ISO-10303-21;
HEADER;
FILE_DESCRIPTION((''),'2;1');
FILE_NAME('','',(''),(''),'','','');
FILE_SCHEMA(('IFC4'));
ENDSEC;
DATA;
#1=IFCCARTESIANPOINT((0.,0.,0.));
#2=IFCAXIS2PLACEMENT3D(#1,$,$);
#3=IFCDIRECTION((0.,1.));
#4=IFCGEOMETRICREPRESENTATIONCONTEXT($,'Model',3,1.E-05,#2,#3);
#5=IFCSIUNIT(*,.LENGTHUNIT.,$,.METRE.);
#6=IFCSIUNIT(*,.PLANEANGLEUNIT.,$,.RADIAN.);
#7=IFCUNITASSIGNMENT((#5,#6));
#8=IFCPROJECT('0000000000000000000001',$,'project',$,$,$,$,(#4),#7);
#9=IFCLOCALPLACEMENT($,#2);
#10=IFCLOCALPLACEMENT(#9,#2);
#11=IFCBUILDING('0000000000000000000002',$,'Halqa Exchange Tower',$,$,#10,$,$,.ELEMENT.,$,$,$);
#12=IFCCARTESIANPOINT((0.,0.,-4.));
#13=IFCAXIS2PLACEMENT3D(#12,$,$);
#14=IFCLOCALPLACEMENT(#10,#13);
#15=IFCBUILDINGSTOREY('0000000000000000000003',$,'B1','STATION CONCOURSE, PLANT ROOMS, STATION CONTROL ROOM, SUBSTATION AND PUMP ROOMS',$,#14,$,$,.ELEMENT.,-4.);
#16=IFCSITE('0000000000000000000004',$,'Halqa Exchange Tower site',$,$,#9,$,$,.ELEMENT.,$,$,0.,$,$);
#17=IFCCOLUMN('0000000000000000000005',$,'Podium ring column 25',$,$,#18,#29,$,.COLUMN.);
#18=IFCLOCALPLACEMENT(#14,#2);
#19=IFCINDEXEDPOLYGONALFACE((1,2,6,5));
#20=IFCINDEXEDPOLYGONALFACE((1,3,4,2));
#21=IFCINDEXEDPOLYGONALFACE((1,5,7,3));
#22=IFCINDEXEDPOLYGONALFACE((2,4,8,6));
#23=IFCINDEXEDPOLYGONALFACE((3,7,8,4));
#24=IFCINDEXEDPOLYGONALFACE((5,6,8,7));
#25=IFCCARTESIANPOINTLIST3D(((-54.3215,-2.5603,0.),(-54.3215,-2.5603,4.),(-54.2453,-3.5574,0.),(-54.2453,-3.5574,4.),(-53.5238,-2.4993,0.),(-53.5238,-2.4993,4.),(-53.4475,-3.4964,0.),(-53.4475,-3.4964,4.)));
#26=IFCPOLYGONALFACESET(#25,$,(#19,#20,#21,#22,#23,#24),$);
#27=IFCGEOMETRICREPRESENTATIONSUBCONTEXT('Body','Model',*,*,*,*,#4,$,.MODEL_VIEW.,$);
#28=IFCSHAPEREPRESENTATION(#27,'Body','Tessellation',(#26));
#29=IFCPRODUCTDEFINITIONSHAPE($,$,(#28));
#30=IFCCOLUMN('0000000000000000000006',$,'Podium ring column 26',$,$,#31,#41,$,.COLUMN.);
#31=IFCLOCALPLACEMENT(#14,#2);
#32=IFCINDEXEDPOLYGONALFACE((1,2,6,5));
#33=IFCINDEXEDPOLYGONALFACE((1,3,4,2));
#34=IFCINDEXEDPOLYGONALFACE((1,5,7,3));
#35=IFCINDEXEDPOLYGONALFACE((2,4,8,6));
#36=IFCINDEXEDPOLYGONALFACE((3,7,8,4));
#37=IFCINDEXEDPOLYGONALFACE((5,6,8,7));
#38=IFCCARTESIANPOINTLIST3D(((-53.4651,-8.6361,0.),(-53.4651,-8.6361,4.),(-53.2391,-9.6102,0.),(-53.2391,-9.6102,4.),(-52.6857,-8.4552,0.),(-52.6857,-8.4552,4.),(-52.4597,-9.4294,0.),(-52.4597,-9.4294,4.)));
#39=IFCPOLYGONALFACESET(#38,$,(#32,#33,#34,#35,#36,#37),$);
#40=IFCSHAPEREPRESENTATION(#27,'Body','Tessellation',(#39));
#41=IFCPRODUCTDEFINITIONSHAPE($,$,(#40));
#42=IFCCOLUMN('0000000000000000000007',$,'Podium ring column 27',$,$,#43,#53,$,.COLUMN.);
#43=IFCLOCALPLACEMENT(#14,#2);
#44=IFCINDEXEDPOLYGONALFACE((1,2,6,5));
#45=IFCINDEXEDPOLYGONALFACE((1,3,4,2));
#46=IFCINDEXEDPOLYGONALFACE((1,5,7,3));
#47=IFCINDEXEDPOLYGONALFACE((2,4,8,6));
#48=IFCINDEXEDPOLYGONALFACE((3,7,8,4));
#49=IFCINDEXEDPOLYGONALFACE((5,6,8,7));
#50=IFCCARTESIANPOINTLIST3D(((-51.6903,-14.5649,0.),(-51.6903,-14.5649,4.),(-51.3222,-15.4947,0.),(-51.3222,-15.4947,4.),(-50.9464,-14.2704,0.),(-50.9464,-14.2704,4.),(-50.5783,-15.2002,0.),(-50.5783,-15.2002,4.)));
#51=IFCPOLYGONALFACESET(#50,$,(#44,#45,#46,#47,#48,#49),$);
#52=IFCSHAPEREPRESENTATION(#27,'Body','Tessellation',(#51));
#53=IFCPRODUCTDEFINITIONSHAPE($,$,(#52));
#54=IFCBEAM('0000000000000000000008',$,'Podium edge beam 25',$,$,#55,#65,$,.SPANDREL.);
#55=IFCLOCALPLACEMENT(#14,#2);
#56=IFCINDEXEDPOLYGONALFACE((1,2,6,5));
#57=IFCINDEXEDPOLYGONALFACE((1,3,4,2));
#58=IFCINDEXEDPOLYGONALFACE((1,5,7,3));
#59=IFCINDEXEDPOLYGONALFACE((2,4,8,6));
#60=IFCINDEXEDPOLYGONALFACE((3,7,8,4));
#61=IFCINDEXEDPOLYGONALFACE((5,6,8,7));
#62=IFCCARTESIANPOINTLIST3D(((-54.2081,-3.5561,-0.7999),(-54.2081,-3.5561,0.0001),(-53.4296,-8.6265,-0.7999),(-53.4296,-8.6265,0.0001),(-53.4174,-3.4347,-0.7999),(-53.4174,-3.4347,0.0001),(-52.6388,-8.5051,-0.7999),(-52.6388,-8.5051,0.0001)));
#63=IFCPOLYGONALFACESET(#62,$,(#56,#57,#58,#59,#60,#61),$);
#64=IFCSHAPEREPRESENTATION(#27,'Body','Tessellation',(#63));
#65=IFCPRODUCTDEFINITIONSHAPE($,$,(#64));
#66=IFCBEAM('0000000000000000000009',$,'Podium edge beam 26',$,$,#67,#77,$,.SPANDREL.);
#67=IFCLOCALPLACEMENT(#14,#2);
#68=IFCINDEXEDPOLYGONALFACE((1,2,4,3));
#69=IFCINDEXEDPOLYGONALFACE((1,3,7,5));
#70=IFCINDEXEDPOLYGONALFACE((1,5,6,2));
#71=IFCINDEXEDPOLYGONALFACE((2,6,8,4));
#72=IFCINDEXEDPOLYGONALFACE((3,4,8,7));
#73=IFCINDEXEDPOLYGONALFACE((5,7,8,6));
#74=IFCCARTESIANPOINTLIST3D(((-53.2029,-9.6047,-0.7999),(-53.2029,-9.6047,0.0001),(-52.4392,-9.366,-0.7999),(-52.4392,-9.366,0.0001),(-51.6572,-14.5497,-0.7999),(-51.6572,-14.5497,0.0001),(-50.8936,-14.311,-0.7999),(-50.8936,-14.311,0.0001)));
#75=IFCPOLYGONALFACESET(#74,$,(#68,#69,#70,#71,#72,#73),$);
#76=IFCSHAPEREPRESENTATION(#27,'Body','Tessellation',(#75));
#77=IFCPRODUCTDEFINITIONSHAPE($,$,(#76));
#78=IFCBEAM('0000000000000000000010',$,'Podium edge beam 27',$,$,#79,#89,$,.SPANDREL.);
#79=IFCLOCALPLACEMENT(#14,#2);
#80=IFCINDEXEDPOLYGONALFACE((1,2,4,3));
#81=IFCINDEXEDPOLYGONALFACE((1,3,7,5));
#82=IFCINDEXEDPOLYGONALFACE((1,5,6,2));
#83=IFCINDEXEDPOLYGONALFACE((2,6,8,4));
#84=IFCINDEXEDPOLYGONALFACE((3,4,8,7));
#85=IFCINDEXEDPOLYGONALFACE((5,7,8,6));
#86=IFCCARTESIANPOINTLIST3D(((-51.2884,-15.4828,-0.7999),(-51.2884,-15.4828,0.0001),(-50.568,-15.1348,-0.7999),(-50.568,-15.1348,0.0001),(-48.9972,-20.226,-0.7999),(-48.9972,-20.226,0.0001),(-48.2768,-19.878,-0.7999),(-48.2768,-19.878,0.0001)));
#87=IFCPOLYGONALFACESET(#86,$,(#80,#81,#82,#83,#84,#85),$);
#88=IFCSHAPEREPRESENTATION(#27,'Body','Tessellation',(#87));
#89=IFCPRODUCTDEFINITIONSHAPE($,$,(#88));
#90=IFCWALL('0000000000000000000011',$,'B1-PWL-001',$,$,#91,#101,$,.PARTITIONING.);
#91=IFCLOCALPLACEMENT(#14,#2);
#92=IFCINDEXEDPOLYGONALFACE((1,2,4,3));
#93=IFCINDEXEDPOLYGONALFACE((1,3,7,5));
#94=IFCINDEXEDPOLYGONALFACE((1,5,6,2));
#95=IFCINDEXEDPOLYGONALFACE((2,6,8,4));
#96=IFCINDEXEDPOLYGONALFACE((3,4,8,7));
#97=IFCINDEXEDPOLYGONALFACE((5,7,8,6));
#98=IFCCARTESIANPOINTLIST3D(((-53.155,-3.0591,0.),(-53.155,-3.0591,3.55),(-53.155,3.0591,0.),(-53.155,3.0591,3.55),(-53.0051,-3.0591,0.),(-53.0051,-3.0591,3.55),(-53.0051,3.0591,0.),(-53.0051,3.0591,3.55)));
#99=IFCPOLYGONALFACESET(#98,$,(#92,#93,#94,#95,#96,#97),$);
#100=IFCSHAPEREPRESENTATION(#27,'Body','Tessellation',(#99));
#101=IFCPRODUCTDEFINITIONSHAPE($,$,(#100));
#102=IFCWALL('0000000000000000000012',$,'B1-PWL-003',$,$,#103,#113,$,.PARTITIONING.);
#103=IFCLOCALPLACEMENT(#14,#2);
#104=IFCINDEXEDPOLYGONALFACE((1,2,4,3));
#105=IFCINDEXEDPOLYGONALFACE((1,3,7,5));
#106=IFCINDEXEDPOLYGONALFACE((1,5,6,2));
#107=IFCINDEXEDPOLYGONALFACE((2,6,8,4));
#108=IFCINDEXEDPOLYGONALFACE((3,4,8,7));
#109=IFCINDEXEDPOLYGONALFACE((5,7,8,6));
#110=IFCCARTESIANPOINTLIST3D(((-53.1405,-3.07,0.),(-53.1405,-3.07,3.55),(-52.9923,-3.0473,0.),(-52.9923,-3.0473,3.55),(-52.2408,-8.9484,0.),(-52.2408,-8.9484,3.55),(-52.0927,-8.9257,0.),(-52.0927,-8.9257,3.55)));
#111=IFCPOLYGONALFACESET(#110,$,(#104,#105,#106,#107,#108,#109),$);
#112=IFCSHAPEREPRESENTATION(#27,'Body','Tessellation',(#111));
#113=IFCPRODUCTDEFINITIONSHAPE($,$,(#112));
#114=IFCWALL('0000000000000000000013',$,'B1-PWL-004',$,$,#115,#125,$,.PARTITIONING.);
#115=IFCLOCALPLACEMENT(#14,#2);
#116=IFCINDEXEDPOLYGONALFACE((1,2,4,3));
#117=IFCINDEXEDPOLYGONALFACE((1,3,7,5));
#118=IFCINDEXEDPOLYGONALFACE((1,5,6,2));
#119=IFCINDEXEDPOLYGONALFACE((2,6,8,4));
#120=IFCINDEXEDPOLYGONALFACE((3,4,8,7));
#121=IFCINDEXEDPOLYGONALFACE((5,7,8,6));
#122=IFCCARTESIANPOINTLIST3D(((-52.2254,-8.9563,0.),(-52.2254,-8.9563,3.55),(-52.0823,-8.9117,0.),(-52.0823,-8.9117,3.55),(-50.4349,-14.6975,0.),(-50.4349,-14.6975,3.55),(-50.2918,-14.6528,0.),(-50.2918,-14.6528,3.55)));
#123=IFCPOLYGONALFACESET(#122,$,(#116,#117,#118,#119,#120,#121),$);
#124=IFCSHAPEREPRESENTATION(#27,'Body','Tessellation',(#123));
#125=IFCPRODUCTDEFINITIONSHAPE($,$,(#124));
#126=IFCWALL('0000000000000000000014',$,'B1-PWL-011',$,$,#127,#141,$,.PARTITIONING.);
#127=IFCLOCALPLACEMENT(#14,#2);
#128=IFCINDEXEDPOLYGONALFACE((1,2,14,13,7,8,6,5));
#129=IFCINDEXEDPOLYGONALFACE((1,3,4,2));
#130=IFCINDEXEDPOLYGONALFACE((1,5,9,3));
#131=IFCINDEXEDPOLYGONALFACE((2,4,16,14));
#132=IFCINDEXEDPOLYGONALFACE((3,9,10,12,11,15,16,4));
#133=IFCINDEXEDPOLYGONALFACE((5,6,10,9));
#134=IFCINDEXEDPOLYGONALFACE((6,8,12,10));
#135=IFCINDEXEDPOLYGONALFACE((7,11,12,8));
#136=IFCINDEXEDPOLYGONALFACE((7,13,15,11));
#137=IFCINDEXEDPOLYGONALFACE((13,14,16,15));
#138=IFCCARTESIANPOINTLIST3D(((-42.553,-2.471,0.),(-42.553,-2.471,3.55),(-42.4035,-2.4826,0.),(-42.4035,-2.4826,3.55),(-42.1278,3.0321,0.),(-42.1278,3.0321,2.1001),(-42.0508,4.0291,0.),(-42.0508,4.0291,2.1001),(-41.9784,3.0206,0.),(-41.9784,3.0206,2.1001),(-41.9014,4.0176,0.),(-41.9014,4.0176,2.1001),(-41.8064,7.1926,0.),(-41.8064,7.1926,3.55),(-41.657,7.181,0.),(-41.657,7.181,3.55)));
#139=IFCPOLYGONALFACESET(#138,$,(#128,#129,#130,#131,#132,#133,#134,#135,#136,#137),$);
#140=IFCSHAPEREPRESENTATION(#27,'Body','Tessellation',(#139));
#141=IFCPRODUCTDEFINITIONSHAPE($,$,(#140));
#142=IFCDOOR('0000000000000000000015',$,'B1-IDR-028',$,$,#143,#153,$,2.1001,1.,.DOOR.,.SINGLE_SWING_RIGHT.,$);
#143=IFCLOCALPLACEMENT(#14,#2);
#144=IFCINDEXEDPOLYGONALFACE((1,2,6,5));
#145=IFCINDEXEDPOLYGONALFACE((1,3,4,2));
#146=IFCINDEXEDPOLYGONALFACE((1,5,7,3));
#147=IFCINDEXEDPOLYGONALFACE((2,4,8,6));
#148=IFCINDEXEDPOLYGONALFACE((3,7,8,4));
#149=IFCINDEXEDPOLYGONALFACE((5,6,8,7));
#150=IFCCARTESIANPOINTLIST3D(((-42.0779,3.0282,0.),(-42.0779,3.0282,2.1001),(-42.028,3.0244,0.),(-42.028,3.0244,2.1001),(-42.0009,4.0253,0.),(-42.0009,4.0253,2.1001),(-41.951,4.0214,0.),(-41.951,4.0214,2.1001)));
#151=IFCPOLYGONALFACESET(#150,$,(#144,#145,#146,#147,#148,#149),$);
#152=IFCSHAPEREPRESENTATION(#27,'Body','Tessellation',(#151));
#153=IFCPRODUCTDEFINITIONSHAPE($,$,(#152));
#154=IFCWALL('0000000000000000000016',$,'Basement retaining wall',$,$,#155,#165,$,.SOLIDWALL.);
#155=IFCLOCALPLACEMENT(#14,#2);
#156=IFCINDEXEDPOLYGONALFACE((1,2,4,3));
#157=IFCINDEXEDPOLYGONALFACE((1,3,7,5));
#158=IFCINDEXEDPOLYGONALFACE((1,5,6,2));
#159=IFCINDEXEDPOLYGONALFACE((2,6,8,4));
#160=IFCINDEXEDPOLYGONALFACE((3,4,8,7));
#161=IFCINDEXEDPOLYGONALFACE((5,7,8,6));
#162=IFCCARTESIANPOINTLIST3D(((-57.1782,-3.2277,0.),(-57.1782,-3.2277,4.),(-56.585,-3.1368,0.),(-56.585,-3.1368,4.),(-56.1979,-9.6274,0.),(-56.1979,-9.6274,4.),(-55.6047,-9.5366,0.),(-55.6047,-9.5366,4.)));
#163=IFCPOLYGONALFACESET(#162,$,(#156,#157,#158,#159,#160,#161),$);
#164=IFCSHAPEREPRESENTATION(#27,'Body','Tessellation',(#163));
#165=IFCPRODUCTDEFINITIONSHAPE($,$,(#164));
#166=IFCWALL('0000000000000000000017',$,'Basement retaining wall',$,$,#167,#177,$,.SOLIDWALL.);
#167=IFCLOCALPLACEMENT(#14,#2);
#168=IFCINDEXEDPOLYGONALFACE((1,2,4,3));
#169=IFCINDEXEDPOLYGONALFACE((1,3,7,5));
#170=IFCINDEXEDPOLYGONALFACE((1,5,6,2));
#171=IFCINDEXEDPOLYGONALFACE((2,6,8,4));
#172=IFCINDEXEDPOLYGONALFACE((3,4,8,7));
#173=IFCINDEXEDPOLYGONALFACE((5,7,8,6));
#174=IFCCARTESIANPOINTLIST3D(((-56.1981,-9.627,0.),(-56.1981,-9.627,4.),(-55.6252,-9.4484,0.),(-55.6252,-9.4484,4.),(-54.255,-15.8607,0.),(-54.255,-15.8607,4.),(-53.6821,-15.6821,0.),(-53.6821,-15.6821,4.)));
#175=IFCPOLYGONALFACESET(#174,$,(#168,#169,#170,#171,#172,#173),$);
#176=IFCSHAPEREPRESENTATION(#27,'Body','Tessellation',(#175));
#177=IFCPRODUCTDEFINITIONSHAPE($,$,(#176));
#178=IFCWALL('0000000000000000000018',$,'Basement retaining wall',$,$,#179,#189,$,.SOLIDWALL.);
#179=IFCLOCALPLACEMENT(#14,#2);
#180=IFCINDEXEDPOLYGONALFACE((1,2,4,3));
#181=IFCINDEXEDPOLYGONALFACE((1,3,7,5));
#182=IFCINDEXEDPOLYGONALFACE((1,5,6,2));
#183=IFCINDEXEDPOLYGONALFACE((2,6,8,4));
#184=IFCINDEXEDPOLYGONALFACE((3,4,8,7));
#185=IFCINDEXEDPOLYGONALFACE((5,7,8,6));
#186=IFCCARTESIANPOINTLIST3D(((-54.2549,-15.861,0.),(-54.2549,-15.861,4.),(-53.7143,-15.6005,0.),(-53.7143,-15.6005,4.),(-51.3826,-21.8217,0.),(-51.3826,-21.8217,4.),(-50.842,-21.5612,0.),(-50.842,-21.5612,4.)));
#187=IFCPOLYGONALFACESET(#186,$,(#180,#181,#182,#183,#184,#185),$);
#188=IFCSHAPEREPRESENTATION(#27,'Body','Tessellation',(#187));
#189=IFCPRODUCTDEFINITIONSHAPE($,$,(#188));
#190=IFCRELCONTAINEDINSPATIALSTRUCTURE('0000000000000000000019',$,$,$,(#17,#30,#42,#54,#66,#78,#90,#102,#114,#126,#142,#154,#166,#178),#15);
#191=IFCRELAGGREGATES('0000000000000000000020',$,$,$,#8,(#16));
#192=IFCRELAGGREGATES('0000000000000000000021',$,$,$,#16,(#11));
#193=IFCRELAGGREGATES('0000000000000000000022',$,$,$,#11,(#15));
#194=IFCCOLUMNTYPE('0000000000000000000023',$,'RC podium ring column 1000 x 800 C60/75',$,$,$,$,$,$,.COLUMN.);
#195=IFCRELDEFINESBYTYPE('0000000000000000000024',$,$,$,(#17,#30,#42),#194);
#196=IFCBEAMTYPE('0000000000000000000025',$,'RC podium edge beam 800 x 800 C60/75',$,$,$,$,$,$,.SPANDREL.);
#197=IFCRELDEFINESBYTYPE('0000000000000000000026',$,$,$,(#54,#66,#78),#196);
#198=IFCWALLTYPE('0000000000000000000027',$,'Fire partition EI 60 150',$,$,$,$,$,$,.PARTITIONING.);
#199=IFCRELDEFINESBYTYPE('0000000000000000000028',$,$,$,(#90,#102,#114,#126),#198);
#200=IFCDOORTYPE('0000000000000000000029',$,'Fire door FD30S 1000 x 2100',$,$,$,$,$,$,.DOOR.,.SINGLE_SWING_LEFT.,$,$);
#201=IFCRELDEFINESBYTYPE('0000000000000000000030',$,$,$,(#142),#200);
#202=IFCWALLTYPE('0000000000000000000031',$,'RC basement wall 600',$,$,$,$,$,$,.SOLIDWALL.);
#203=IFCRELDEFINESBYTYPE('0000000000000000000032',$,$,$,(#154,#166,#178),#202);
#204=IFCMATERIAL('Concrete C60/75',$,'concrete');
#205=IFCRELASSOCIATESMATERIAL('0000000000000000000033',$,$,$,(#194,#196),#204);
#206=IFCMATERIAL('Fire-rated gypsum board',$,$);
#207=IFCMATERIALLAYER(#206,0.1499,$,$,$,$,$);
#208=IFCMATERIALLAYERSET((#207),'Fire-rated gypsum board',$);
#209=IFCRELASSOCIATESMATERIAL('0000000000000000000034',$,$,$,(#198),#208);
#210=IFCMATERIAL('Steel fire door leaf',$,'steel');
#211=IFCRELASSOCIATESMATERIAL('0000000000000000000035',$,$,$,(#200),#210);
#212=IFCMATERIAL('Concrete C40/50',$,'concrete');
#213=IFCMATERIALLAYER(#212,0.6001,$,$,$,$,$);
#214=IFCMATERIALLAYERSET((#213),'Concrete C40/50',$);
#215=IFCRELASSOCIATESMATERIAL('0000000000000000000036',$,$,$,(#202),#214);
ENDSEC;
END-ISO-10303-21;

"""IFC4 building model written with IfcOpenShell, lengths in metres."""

from ifc_helpers import new_model, si_unit, direction, frame, frame_2d, origin, origin_2d, place, context, subcontext, project, spatial, rectangle, extrude, material, layer, layer_set, material_profile, profile_set, type_object, element, fill, save


model = new_model("IFC4")

# Units and contexts
model_context = context("Model", 3, precision=1e-05, world=origin(), true_north=direction((0.0, 1.0)))
body_context = subcontext(model_context, "Body", "Model", "MODEL_VIEW")
ifc_project = project(units=[si_unit("LENGTHUNIT", "METRE"), si_unit("PLANEANGLEUNIT", "RADIAN")], contexts=[model_context])

# Site, building, storey
site_placement = place(None, origin())
site = spatial("IfcSite", under=ifc_project, at=site_placement, Name="Halqa Exchange Tower site", CompositionType="ELEMENT", RefElevation=0.0)
building_placement = place(site_placement, origin())
building = spatial("IfcBuilding", under=site, at=building_placement, Name="Halqa Exchange Tower", CompositionType="ELEMENT")
storey_placement = place(building_placement, frame((0.0, 0.0, -4.0)))
storey = spatial("IfcBuildingStorey", under=building, at=storey_placement, Name="B1", Description="STATION CONCOURSE, PLANT ROOMS, STATION CONTROL ROOM, SUBSTATION AND PUMP ROOMS", CompositionType="ELEMENT", Elevation=-4.0)

# Columns
ifc_material_1 = material(Name="Concrete C60/75", Category="concrete")
ifc_material_profile_1 = material_profile(ifc_material_1, rectangle(XDim=1.0, YDim=0.8, at=origin_2d()), Name="1000 x 800")
ifc_profile_set_1 = profile_set([ifc_material_profile_1], Name="Concrete C60/75")
column_type = type_object("IfcColumnType", Name="RC podium ring column 1000 x 800 C60/75", PredefinedType="COLUMN", material=ifc_profile_set_1)
for number, where, z_axis, x_axis, name in (
    (1, (-53.8845, -3.0283, 0.0), (0.0, 0.0, 1.0), (0.076223, -0.997091, 0.0), "Podium ring column 25"),
    (2, (-52.9624, -9.0327, 0.0), (0.0, 0.0, 1.0), (0.225997, -0.974128, 0.0), "Podium ring column 26"),
    (3, (-51.1343, -14.8826, 0.0), (0.0, 0.0, 1.0), (0.36811, -0.929782, 0.0), "Podium ring column 27"),
):
    element("IfcColumn", number, at=place(storey_placement, frame(where, z_axis=z_axis, x_axis=x_axis)), inside=storey, type_object=column_type, Name=name, PredefinedType="COLUMN", context=body_context, shape_type="SweptSolid", body=[
        extrude(rectangle(XDim=1.0, YDim=0.8, at=origin_2d()), origin(), (0.0, 0.0, 1.0), 4.0),
    ])

# Beams
ifc_material_profile_2 = material_profile(ifc_material_1, rectangle(XDim=0.8, YDim=0.8, at=origin_2d()), Name="800 x 800")
ifc_profile_set_2 = profile_set([ifc_material_profile_2], Name="Concrete C60/75")
beam_type = type_object("IfcBeamType", Name="RC podium edge beam 800 x 800 C60/75", PredefinedType="SPANDREL", material=ifc_profile_set_2)
beam_1_placement = place(storey_placement, frame((-53.8127, -3.4954, -0.3999), z_axis=(0.151768, -0.988416, 0.0), x_axis=(0.988416, 0.151768, 0.0)))
element("IfcBeam", 4, at=beam_1_placement, inside=storey, type_object=beam_type, Name="Podium edge beam 25", PredefinedType="SPANDREL", context=body_context, shape_type="SweptSolid", body=[
    extrude(rectangle(XDim=0.8, YDim=0.8, at=origin_2d()), origin(), (0.0, 0.0, 1.0), 5.1299),
])
beam_2_placement = place(storey_placement, frame((-52.821, -9.4854, -0.3999), z_axis=(0.298331, -0.954462, 0.0), x_axis=(0.954462, 0.298331, 0.0)))
element("IfcBeam", 5, at=beam_2_placement, inside=storey, type_object=beam_type, Name="Podium edge beam 26", PredefinedType="SPANDREL", context=body_context, shape_type="SweptSolid", body=[
    extrude(rectangle(XDim=0.8, YDim=0.8, at=origin_2d()), origin(), (0.0, 0.0, 1.0), 5.1809),
])
beam_3_placement = place(storey_placement, frame((-50.9282, -15.3088, -0.3999), z_axis=(0.434973, -0.900443, 0.0), x_axis=(0.900443, 0.434973, 0.0)))
element("IfcBeam", 6, at=beam_3_placement, inside=storey, type_object=beam_type, Name="Podium edge beam 27", PredefinedType="SPANDREL", context=body_context, shape_type="SweptSolid", body=[
    extrude(rectangle(XDim=0.8, YDim=0.8, at=origin_2d()), origin(), (0.0, 0.0, 1.0), 5.2676),
])

# Walls
ifc_material_2 = material(Name="Fire-rated gypsum board")
ifc_layer_1 = layer(ifc_material_2, 0.1499)
ifc_layer_set_1 = layer_set([ifc_layer_1], Name="Fire-rated gypsum board")
wall_type_1 = type_object("IfcWallType", Name="Fire partition EI 60 150", PredefinedType="PARTITIONING", material=ifc_layer_set_1)
wall_1_placement = place(storey_placement, frame((-53.0801, -3.0591, 0.0), z_axis=(0.0, 0.0, 1.0), x_axis=(0.0, 1.0, 0.0)))
element("IfcWall", 7, at=wall_1_placement, inside=storey, type_object=wall_type_1, Name="B1-PWL-001", PredefinedType="PARTITIONING", context=body_context, shape_type="SweptSolid", body=[
    extrude(rectangle(XDim=6.1182, YDim=0.1499, at=frame_2d((3.0591, 0.0))), origin(), (0.0, 0.0, 1.0), 3.55),
])
wall_2_placement = place(storey_placement, frame((-52.1667, -8.937, 0.0), z_axis=(0.0, 0.0, 1.0), x_axis=(-0.151283, 0.988491, 0.0)))
element("IfcWall", 8, at=wall_2_placement, inside=storey, type_object=wall_type_1, Name="B1-PWL-003", PredefinedType="PARTITIONING", context=body_context, shape_type="SweptSolid", body=[
    extrude(rectangle(XDim=5.9468, YDim=0.1499, at=frame_2d((2.9734, 0.0))), origin(), (0.0, 0.0, 1.0), 3.55),
])
wall_3_placement = place(storey_placement, frame((-52.1538, -8.9341, 0.0), z_axis=(0.0, 0.0, 1.0), x_axis=(0.297729, -0.95465, 0.0)))
element("IfcWall", 9, at=wall_3_placement, inside=storey, type_object=wall_type_1, Name="B1-PWL-004", PredefinedType="PARTITIONING", context=body_context, shape_type="SweptSolid", body=[
    extrude(rectangle(XDim=6.0139, YDim=0.1499, at=frame_2d((3.0068, 0.0))), origin(), (0.0, 0.0, 1.0), 3.55),
])

# Wall, opening, door
wall_4_placement = place(storey_placement, frame((-42.4783, -2.4768, 0.0), z_axis=(0.0, 0.0, 1.0), x_axis=(0.077028, 0.997029, 0.0)))
wall_4 = element("IfcWall", 10, at=wall_4_placement, inside=storey, type_object=wall_type_1, Name="B1-PWL-011", PredefinedType="PARTITIONING", context=body_context, shape_type="SweptSolid", body=[
    extrude(rectangle(XDim=9.6924, YDim=0.1499, at=frame_2d((4.8462, 0.0))), origin(), (0.0, 0.0, 1.0), 3.55),
])
opening_placement = place(wall_4_placement, frame((5.5195, 0.0, 0.0)))
opening = element("IfcOpeningElement", 11, at=opening_placement, cuts=wall_4, PredefinedType="OPENING", context=body_context, shape_type="SweptSolid", body=[
    extrude(rectangle(XDim=1.0, YDim=2.1001, at=frame_2d((0.5, 1.05))), frame((0.0, 0.0869, 0.0), z_axis=(0.0, -1.0, 0.0), x_axis=(1.0, 0.0, 0.0)), (0.0, 0.0, 1.0), 0.1738),
])
ifc_material_3 = material(Name="Steel fire door leaf", Category="steel")
door_type = type_object("IfcDoorType", Name="Fire door FD30S 1000 x 2100", OperationType="SINGLE_SWING_LEFT", PredefinedType="DOOR", material=ifc_material_3)
door_placement = place(opening_placement, origin())
door = element("IfcDoor", 12, at=door_placement, inside=storey, type_object=door_type, Name="B1-IDR-028", OperationType="SINGLE_SWING_RIGHT", OverallHeight=2.1001, OverallWidth=1.0, PredefinedType="DOOR", context=body_context, shape_type="SweptSolid", body=[
    extrude(rectangle(XDim=1.0, YDim=2.1001, at=frame_2d((0.5, 1.05))), frame((0.0, 0.0249, 0.0), z_axis=(0.0, -1.0, 0.0), x_axis=(1.0, 0.0, 0.0)), (0.0, 0.0, 1.0), 0.05),
])
fill(opening, door)

# Walls
ifc_material_4 = material(Name="Concrete C40/50", Category="concrete")
ifc_layer_2 = layer(ifc_material_4, 0.6001)
ifc_layer_set_2 = layer_set([ifc_layer_2], Name="Concrete C40/50")
wall_type_2 = type_object("IfcWallType", Name="RC basement wall 600", PredefinedType="SOLIDWALL", material=ifc_layer_set_2)
wall_5_placement = place(storey_placement, frame((-56.8816, -3.1821, 0.0), z_axis=(0.0, 0.0, 1.0), x_axis=(0.151403, -0.988472, 0.0)))
element("IfcWall", 13, at=wall_5_placement, inside=storey, type_object=wall_type_2, Name="Basement retaining wall", PredefinedType="SOLIDWALL", context=body_context, shape_type="SweptSolid", body=[
    extrude(rectangle(XDim=6.4744, YDim=0.6001, at=frame_2d((3.2373, 0.0))), origin(), (0.0, 0.0, 1.0), 4.0),
])
wall_6_placement = place(storey_placement, frame((-55.9116, -9.5378, 0.0), z_axis=(0.0, 0.0, 1.0), x_axis=(0.297592, -0.954693, 0.0)))
element("IfcWall", 14, at=wall_6_placement, inside=storey, type_object=wall_type_2, Name="Basement retaining wall", PredefinedType="SOLIDWALL", context=body_context, shape_type="SweptSolid", body=[
    extrude(rectangle(XDim=6.5295, YDim=0.6001, at=frame_2d((3.2646, 0.0))), origin(), (0.0, 0.0, 1.0), 4.0),
])
wall_7_placement = place(storey_placement, frame((-53.9846, -15.7307, 0.0), z_axis=(0.0, 0.0, 1.0), x_axis=(0.434104, -0.900863, 0.0)))
element("IfcWall", 15, at=wall_7_placement, inside=storey, type_object=wall_type_2, Name="Basement retaining wall", PredefinedType="SOLIDWALL", context=body_context, shape_type="SweptSolid", body=[
    extrude(rectangle(XDim=6.6167, YDim=0.6001, at=frame_2d((3.3083, 0.0))), origin(), (0.0, 0.0, 1.0), 4.0),
])

save(model, "model.ifc")
